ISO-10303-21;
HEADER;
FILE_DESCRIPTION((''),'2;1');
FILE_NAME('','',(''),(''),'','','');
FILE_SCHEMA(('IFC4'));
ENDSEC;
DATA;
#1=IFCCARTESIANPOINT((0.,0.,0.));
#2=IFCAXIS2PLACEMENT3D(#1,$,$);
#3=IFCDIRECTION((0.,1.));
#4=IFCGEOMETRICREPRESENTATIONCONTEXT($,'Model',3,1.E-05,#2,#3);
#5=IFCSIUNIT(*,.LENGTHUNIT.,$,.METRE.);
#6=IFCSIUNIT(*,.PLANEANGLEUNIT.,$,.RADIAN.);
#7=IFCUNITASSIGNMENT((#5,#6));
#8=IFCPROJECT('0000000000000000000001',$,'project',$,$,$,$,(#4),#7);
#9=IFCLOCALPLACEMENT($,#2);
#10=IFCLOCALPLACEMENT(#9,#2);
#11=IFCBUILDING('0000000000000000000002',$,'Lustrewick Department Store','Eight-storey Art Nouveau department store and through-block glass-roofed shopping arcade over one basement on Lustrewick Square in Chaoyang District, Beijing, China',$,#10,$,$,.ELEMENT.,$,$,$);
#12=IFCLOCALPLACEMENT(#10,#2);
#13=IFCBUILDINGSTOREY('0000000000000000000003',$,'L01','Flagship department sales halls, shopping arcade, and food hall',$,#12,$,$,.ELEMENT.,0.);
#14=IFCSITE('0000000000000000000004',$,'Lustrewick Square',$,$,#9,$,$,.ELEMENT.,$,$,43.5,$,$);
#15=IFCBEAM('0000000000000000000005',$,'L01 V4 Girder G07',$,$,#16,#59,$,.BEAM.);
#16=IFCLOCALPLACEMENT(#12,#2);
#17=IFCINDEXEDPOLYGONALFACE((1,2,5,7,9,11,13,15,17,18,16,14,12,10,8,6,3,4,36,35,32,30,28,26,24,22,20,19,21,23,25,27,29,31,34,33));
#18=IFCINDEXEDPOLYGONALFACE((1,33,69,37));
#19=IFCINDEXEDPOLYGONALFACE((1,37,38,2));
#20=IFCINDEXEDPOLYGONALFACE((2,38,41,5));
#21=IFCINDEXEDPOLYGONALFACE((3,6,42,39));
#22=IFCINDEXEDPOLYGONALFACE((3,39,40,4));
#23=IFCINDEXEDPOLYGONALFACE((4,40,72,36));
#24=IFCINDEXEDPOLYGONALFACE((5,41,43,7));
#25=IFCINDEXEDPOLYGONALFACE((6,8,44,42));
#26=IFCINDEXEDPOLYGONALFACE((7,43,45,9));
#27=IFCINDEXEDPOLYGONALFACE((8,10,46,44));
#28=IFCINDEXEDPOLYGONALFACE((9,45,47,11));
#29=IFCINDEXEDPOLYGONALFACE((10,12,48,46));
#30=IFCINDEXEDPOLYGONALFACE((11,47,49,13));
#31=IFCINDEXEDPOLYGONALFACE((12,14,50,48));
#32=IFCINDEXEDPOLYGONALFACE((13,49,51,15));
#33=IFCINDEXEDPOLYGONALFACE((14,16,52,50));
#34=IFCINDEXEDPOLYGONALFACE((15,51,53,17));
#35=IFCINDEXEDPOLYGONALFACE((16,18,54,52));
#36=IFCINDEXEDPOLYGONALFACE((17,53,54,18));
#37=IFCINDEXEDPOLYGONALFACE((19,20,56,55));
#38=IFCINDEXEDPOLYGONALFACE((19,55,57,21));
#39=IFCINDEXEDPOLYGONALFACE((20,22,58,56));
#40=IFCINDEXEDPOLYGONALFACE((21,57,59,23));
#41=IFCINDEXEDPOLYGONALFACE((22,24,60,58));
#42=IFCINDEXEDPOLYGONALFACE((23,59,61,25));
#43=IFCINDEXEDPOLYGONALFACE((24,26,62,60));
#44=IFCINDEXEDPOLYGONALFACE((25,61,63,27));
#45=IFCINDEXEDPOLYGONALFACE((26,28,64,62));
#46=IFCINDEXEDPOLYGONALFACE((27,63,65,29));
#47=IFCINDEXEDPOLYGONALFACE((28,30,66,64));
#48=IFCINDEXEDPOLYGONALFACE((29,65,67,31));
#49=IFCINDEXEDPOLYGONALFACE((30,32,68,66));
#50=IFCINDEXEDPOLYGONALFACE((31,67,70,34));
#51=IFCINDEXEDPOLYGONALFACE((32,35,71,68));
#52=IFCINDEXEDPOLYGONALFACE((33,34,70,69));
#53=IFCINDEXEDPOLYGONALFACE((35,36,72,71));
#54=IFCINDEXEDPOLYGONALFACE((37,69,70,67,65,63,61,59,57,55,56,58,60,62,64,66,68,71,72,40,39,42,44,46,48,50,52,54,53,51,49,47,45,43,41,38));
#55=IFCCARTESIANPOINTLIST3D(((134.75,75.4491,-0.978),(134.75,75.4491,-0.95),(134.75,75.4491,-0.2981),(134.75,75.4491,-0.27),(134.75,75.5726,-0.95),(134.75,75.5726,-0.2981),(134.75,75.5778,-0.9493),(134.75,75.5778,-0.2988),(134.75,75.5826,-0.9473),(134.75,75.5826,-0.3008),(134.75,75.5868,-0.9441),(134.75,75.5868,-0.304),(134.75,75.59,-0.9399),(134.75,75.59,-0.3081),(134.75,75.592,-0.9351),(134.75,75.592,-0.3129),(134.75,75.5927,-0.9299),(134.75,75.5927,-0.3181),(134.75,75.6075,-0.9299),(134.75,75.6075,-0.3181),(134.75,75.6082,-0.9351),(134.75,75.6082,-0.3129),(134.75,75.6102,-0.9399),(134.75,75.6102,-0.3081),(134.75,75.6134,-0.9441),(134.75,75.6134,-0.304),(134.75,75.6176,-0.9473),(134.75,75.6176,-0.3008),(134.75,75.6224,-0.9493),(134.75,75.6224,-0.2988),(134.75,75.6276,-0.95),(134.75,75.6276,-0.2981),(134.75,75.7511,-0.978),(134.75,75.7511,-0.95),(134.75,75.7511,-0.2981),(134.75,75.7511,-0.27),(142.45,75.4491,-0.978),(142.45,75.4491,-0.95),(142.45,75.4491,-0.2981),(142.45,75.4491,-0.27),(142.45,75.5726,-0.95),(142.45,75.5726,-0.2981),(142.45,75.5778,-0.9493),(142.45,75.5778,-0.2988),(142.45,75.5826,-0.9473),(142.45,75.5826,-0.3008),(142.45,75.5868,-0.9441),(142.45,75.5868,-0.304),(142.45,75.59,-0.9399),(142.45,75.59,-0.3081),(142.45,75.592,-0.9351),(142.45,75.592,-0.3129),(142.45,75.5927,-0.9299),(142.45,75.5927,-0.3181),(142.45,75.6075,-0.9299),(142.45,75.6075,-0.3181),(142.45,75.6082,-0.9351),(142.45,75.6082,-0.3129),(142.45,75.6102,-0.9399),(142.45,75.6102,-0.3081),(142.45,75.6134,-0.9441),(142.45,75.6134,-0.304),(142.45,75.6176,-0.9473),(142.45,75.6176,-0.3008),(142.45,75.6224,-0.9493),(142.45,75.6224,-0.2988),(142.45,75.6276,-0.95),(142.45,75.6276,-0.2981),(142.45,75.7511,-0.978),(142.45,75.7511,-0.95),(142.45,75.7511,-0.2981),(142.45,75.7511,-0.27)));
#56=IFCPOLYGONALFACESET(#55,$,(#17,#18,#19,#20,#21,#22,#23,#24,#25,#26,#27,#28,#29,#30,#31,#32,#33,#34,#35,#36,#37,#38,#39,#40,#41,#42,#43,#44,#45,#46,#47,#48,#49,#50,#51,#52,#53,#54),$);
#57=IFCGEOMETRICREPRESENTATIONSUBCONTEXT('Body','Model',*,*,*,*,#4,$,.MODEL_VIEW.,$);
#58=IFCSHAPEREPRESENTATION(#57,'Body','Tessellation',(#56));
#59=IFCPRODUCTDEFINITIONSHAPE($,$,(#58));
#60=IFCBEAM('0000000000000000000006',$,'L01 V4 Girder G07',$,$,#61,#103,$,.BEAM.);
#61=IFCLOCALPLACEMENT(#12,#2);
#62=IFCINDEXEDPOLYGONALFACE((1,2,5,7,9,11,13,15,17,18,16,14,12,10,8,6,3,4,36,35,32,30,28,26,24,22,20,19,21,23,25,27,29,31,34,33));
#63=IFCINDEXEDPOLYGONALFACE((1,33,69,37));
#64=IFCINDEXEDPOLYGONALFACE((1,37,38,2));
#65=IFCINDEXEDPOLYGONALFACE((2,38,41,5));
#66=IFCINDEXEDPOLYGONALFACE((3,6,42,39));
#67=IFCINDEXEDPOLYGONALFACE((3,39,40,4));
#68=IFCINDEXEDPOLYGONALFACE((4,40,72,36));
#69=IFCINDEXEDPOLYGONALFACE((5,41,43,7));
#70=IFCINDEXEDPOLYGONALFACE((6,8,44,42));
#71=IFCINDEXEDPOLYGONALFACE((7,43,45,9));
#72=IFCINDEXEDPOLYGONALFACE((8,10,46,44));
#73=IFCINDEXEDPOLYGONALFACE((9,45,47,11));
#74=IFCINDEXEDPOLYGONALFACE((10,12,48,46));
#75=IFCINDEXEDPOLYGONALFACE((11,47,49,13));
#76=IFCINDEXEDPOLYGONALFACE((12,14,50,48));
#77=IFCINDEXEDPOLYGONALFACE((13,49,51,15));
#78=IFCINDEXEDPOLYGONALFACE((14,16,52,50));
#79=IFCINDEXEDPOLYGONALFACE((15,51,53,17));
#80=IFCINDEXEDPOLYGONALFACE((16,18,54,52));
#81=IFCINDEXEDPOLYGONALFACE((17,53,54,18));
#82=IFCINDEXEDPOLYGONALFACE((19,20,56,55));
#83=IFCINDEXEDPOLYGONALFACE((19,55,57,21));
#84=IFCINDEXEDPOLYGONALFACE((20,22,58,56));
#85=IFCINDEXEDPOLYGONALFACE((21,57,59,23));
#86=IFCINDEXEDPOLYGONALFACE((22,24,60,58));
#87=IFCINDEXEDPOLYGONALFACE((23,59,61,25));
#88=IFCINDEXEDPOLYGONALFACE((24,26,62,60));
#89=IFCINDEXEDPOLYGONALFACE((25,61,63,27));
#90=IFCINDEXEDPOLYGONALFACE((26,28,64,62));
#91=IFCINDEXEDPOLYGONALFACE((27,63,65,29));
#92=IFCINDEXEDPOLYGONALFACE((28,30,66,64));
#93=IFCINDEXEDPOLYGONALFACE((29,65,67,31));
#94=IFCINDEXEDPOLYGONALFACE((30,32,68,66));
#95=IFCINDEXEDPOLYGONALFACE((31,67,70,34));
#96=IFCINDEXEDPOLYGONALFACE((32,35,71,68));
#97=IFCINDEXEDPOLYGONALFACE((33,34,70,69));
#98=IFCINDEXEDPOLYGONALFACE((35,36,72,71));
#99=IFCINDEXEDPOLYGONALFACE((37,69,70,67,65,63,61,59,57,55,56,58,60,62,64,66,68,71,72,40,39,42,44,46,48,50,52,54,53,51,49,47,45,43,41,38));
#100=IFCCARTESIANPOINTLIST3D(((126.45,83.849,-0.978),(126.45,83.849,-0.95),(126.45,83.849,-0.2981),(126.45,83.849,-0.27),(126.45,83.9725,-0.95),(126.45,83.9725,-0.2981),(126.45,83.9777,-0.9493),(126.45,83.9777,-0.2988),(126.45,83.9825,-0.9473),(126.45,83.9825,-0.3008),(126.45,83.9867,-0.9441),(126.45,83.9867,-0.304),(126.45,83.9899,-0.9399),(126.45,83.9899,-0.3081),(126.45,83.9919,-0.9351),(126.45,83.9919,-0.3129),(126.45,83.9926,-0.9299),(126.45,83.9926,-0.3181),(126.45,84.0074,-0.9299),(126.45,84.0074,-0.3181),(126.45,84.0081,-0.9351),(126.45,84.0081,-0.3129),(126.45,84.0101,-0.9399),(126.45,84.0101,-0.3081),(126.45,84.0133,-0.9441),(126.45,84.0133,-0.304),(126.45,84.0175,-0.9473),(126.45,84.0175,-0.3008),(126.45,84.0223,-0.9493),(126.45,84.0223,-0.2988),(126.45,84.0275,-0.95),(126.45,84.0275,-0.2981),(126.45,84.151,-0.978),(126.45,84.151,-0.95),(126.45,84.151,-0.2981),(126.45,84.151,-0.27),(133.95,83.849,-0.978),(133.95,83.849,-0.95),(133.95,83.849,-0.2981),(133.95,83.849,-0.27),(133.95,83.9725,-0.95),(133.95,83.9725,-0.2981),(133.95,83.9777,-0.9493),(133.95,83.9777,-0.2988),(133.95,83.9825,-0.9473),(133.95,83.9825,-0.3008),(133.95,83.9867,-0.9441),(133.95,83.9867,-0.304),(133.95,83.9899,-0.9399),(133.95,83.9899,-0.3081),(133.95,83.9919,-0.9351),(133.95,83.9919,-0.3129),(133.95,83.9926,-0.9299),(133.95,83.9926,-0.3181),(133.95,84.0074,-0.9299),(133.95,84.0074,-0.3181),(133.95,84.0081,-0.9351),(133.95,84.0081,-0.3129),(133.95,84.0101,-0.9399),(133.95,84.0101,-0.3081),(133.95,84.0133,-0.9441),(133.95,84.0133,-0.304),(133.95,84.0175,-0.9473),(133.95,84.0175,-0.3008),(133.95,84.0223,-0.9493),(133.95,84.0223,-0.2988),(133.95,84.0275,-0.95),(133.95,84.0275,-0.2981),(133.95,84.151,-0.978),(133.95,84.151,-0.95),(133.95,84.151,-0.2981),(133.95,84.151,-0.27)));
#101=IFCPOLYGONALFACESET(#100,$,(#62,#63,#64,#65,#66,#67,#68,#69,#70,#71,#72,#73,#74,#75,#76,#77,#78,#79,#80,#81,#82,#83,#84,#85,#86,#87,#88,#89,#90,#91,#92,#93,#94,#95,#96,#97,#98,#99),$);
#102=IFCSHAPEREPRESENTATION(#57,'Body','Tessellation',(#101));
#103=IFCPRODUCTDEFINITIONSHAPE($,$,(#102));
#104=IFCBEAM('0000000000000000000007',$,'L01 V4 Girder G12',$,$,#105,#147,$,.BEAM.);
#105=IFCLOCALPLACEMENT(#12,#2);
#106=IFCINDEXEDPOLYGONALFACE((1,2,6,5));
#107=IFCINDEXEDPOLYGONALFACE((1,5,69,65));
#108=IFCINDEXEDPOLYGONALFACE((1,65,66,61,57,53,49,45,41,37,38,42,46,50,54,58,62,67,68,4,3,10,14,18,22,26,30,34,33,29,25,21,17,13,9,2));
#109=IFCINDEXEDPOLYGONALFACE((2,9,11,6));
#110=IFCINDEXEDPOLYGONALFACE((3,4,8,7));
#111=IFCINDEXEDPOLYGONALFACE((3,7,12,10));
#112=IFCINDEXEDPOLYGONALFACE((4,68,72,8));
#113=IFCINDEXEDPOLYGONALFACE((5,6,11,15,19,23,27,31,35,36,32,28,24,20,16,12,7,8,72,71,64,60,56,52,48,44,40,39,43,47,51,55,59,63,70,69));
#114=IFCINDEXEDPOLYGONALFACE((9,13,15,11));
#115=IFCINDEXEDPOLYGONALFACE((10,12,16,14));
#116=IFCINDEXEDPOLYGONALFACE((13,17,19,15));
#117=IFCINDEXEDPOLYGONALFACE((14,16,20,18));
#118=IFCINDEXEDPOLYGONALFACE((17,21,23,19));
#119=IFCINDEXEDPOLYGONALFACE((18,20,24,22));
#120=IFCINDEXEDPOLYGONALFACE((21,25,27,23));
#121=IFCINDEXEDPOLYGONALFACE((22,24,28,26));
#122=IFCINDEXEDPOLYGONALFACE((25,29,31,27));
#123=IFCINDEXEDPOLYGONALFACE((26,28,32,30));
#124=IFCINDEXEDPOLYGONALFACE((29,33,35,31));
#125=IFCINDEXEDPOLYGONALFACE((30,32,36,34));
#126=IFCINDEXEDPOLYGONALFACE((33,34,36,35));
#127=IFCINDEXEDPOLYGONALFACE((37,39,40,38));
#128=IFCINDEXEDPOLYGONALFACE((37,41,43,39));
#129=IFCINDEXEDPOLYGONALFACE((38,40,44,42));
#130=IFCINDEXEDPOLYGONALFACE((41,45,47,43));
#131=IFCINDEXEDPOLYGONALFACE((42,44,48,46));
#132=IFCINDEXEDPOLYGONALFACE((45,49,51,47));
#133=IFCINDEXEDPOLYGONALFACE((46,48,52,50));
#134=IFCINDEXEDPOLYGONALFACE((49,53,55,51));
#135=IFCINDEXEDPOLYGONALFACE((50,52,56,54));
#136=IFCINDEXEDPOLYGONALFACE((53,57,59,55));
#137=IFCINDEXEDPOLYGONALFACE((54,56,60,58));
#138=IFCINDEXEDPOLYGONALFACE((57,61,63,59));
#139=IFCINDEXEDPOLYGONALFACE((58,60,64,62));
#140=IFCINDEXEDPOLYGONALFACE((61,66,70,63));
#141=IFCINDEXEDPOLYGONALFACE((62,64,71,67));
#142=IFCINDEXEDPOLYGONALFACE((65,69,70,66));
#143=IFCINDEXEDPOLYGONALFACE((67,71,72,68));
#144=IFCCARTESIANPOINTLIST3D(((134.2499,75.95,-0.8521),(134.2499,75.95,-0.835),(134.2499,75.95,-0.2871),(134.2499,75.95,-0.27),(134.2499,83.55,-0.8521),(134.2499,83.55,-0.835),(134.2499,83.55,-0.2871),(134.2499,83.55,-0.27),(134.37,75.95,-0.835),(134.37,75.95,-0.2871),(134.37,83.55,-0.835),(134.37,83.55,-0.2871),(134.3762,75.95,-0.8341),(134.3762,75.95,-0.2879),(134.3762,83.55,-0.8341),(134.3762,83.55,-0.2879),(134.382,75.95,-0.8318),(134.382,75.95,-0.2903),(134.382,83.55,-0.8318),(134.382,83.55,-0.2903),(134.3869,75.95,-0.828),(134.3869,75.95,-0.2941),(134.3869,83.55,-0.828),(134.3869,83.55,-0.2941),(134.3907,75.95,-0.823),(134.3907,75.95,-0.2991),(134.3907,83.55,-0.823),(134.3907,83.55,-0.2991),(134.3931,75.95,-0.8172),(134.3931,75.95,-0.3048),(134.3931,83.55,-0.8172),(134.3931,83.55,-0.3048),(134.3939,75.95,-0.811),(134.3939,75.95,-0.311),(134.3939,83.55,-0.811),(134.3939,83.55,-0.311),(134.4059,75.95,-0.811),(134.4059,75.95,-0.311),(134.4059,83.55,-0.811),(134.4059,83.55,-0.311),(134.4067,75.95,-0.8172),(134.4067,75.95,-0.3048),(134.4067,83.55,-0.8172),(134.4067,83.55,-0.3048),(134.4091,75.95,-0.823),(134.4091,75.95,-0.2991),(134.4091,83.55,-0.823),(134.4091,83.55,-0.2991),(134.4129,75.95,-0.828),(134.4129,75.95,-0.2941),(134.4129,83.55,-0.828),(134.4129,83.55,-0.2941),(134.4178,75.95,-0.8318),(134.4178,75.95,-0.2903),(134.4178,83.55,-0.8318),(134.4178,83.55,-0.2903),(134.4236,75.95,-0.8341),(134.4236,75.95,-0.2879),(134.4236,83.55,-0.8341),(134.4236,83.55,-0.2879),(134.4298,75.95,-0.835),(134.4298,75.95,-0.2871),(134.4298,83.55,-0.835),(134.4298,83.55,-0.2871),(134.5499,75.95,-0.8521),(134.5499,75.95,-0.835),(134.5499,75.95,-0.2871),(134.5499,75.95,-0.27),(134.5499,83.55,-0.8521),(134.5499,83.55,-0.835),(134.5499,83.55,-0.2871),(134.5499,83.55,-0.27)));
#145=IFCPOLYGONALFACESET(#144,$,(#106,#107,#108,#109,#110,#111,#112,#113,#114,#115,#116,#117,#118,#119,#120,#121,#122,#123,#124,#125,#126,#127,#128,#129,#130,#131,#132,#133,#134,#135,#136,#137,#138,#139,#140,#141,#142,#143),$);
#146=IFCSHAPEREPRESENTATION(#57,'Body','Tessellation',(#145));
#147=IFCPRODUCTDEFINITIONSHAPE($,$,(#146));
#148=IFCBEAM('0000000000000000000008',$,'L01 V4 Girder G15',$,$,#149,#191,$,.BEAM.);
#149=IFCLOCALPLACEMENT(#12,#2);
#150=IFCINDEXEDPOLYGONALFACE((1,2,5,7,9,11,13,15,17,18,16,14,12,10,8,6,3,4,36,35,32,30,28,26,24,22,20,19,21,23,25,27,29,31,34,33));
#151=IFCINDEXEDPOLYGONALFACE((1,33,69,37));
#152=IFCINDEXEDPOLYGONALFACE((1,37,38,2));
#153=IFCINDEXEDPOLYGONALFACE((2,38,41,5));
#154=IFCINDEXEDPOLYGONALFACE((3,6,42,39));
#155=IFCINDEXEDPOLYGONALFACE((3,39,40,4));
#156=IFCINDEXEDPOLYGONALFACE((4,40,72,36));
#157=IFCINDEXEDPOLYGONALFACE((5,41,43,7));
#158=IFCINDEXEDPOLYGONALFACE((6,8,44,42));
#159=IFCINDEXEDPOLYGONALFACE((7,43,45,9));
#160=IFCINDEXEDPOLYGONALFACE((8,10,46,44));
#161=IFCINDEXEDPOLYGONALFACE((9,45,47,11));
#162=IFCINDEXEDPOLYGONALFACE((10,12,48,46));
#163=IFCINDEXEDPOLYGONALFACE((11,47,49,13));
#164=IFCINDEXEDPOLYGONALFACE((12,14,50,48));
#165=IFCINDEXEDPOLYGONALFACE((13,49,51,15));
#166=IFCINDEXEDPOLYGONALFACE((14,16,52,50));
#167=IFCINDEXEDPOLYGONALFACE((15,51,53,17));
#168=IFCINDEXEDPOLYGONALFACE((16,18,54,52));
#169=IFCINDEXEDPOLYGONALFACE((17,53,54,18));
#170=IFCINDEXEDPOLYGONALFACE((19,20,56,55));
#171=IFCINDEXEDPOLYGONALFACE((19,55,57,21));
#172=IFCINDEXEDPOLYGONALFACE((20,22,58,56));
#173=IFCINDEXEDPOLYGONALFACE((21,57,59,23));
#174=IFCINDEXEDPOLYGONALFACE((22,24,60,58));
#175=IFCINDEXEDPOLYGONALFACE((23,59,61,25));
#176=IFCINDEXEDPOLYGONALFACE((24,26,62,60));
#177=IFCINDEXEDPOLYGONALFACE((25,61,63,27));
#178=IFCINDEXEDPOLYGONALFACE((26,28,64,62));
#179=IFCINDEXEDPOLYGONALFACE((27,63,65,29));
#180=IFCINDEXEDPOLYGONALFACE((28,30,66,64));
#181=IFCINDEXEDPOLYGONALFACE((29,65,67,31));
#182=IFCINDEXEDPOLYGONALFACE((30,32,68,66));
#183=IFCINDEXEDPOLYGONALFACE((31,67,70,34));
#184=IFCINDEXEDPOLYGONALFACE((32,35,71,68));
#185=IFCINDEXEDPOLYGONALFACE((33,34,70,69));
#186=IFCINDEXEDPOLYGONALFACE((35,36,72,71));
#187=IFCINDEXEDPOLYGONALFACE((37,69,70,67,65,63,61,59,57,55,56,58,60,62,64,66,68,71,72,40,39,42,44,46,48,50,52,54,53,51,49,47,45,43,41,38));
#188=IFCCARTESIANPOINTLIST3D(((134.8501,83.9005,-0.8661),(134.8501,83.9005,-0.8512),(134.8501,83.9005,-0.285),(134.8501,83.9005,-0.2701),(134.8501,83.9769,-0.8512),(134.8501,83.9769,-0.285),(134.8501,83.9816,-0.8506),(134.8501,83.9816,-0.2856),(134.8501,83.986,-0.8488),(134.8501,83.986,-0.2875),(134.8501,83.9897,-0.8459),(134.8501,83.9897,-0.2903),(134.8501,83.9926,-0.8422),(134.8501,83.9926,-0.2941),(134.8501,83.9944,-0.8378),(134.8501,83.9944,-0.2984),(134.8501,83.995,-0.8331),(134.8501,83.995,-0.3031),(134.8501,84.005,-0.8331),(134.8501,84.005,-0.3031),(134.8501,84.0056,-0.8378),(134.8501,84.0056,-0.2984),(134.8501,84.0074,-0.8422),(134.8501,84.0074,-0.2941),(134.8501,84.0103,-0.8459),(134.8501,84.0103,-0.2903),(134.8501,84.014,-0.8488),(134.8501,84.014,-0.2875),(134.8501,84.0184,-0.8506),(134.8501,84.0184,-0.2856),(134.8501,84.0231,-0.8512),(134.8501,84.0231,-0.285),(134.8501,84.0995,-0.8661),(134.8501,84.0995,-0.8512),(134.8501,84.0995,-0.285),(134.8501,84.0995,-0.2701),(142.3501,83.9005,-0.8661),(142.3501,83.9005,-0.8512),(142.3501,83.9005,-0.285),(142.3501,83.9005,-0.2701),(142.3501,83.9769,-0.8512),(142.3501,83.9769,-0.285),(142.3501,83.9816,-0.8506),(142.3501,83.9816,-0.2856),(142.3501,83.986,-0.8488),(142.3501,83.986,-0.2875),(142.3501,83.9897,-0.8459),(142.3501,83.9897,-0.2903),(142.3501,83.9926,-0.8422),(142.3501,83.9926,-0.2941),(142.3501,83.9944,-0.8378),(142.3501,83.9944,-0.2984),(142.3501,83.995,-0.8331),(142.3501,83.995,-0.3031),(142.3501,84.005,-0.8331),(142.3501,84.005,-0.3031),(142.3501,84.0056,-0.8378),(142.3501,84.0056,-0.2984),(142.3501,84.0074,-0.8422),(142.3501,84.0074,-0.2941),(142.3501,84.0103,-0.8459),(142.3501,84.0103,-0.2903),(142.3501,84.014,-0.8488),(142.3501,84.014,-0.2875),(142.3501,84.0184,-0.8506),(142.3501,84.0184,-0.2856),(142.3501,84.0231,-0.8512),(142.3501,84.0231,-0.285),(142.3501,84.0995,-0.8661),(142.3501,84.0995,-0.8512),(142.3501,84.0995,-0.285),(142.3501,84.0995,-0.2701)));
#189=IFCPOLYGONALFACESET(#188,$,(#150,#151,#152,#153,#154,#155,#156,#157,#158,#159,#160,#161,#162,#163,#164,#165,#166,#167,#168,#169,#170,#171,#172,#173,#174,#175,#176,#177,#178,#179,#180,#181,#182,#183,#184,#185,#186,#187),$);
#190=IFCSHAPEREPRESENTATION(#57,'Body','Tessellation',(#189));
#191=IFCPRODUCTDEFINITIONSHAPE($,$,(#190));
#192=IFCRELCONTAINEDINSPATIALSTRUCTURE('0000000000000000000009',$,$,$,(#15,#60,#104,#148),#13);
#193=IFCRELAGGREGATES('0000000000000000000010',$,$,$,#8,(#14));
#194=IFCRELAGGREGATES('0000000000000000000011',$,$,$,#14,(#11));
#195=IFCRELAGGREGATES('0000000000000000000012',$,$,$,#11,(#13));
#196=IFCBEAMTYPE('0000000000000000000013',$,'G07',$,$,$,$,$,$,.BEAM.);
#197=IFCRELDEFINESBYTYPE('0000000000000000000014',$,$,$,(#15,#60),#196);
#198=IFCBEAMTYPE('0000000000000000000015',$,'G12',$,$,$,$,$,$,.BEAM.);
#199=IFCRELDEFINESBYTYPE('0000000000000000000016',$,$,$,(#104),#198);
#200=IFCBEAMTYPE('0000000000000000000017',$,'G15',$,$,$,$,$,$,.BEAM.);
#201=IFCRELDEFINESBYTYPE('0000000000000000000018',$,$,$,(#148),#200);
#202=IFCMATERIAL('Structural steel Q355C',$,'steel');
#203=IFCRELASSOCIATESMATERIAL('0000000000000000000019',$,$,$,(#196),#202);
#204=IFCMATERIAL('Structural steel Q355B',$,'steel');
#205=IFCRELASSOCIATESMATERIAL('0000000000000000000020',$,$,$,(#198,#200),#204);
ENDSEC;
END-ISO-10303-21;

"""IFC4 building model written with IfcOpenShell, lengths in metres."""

from ifc_helpers import new_model, si_unit, direction, frame, origin, origin_2d, place, context, subcontext, project, spatial, i_section, extrude, material, material_profile, profile_set, type_object, element, save


model = new_model("IFC4")

# Units and contexts
model_context = context("Model", 3, precision=1e-05, world=origin(), true_north=direction((0.0, 1.0)))
body_context = subcontext(model_context, "Body", "Model", "MODEL_VIEW")
ifc_project = project(units=[si_unit("LENGTHUNIT", "METRE"), si_unit("PLANEANGLEUNIT", "RADIAN")], contexts=[model_context])

# Site, building, storey
site_placement = place(None, origin())
site = spatial("IfcSite", under=ifc_project, at=site_placement, Name="Lustrewick Square", CompositionType="ELEMENT", RefElevation=43.5)
building_placement = place(site_placement, origin())
building = spatial("IfcBuilding", under=site, at=building_placement, Name="Lustrewick Department Store", Description="Eight-storey Art Nouveau department store and through-block glass-roofed shopping arcade over one basement on Lustrewick Square in Chaoyang District, Beijing, China", CompositionType="ELEMENT")
storey_placement = place(building_placement, origin())
storey = spatial("IfcBuildingStorey", under=building, at=storey_placement, Name="L01", Description="Flagship department sales halls, shopping arcade, and food hall", CompositionType="ELEMENT", Elevation=0.0)

# Shared definitions
ifc_material_1 = material(Name="Structural steel Q355C", Category="steel")

# Beams
ifc_material_2 = material(Name="Structural steel Q355B", Category="steel")
ifc_material_profile_1 = material_profile(ifc_material_1, i_section(OverallWidth=0.302, OverallDepth=0.708, WebThickness=0.0149, FlangeThickness=0.0281, FilletRadius=0.02, at=origin_2d()), Name="HN 708x302x15x28")
ifc_profile_set_1 = profile_set([ifc_material_profile_1], Name="Structural steel Q355C")
beam_type_1 = type_object("IfcBeamType", Name="G07", PredefinedType="BEAM", material=ifc_profile_set_1)
beam_1_placement = place(storey_placement, frame((134.75, 75.6001, -0.624), z_axis=(1.0, 0.0, 0.0), x_axis=(0.0, 1.0, 0.0)))
element("IfcBeam", 1, at=beam_1_placement, inside=storey, type_object=beam_type_1, Name="L01 V4 Girder G07", PredefinedType="BEAM", context=body_context, shape_type="SweptSolid", body=[
    extrude(i_section(OverallWidth=0.302, OverallDepth=0.708, WebThickness=0.0149, FlangeThickness=0.0281, FilletRadius=0.02, at=origin_2d()), origin(), (0.0, 0.0, 1.0), 7.7),
])
beam_2_placement = place(storey_placement, frame((126.45, 84.0, -0.624), z_axis=(1.0, 0.0, 0.0), x_axis=(0.0, 1.0, 0.0)))
element("IfcBeam", 2, at=beam_2_placement, inside=storey, type_object=beam_type_1, Name="L01 V4 Girder G07", PredefinedType="BEAM", context=body_context, shape_type="SweptSolid", body=[
    extrude(i_section(OverallWidth=0.302, OverallDepth=0.708, WebThickness=0.0149, FlangeThickness=0.0281, FilletRadius=0.02, at=origin_2d()), origin(), (0.0, 0.0, 1.0), 7.5),
])
ifc_material_profile_2 = material_profile(ifc_material_2, i_section(OverallWidth=0.3, OverallDepth=0.582, WebThickness=0.012, FlangeThickness=0.0171, FilletRadius=0.0239, at=origin_2d()), Name="HM 582x300x12x17")
ifc_profile_set_2 = profile_set([ifc_material_profile_2], Name="Structural steel Q355B")
beam_type_2 = type_object("IfcBeamType", Name="G12", PredefinedType="BEAM", material=ifc_profile_set_2)
beam_3_placement = place(storey_placement, frame((134.3999, 75.95, -0.561), z_axis=(0.0, 1.0, 0.0), x_axis=(-1.0, 0.0, 0.0)))
element("IfcBeam", 3, at=beam_3_placement, inside=storey, type_object=beam_type_2, Name="L01 V4 Girder G12", PredefinedType="BEAM", context=body_context, shape_type="SweptSolid", body=[
    extrude(i_section(OverallWidth=0.3, OverallDepth=0.582, WebThickness=0.012, FlangeThickness=0.0171, FilletRadius=0.0239, at=origin_2d()), origin(), (0.0, 0.0, 1.0), 7.6001),
])
ifc_material_profile_3 = material_profile(ifc_material_2, i_section(OverallWidth=0.199, OverallDepth=0.5959, WebThickness=0.01, FlangeThickness=0.0149, FilletRadius=0.0181, at=origin_2d()), Name="HN 596x199x10x15")
ifc_profile_set_3 = profile_set([ifc_material_profile_3], Name="Structural steel Q355B")
beam_type_3 = type_object("IfcBeamType", Name="G15", PredefinedType="BEAM", material=ifc_profile_set_3)
beam_4_placement = place(storey_placement, frame((134.8501, 84.0, -0.5681), z_axis=(1.0, 0.0, 0.0), x_axis=(0.0, 1.0, 0.0)))
element("IfcBeam", 4, at=beam_4_placement, inside=storey, type_object=beam_type_3, Name="L01 V4 Girder G15", PredefinedType="BEAM", context=body_context, shape_type="SweptSolid", body=[
    extrude(i_section(OverallWidth=0.199, OverallDepth=0.5959, WebThickness=0.01, FlangeThickness=0.0149, FilletRadius=0.0181, at=origin_2d()), origin(), (0.0, 0.0, 1.0), 7.5),
])

save(model, "model.ifc")
